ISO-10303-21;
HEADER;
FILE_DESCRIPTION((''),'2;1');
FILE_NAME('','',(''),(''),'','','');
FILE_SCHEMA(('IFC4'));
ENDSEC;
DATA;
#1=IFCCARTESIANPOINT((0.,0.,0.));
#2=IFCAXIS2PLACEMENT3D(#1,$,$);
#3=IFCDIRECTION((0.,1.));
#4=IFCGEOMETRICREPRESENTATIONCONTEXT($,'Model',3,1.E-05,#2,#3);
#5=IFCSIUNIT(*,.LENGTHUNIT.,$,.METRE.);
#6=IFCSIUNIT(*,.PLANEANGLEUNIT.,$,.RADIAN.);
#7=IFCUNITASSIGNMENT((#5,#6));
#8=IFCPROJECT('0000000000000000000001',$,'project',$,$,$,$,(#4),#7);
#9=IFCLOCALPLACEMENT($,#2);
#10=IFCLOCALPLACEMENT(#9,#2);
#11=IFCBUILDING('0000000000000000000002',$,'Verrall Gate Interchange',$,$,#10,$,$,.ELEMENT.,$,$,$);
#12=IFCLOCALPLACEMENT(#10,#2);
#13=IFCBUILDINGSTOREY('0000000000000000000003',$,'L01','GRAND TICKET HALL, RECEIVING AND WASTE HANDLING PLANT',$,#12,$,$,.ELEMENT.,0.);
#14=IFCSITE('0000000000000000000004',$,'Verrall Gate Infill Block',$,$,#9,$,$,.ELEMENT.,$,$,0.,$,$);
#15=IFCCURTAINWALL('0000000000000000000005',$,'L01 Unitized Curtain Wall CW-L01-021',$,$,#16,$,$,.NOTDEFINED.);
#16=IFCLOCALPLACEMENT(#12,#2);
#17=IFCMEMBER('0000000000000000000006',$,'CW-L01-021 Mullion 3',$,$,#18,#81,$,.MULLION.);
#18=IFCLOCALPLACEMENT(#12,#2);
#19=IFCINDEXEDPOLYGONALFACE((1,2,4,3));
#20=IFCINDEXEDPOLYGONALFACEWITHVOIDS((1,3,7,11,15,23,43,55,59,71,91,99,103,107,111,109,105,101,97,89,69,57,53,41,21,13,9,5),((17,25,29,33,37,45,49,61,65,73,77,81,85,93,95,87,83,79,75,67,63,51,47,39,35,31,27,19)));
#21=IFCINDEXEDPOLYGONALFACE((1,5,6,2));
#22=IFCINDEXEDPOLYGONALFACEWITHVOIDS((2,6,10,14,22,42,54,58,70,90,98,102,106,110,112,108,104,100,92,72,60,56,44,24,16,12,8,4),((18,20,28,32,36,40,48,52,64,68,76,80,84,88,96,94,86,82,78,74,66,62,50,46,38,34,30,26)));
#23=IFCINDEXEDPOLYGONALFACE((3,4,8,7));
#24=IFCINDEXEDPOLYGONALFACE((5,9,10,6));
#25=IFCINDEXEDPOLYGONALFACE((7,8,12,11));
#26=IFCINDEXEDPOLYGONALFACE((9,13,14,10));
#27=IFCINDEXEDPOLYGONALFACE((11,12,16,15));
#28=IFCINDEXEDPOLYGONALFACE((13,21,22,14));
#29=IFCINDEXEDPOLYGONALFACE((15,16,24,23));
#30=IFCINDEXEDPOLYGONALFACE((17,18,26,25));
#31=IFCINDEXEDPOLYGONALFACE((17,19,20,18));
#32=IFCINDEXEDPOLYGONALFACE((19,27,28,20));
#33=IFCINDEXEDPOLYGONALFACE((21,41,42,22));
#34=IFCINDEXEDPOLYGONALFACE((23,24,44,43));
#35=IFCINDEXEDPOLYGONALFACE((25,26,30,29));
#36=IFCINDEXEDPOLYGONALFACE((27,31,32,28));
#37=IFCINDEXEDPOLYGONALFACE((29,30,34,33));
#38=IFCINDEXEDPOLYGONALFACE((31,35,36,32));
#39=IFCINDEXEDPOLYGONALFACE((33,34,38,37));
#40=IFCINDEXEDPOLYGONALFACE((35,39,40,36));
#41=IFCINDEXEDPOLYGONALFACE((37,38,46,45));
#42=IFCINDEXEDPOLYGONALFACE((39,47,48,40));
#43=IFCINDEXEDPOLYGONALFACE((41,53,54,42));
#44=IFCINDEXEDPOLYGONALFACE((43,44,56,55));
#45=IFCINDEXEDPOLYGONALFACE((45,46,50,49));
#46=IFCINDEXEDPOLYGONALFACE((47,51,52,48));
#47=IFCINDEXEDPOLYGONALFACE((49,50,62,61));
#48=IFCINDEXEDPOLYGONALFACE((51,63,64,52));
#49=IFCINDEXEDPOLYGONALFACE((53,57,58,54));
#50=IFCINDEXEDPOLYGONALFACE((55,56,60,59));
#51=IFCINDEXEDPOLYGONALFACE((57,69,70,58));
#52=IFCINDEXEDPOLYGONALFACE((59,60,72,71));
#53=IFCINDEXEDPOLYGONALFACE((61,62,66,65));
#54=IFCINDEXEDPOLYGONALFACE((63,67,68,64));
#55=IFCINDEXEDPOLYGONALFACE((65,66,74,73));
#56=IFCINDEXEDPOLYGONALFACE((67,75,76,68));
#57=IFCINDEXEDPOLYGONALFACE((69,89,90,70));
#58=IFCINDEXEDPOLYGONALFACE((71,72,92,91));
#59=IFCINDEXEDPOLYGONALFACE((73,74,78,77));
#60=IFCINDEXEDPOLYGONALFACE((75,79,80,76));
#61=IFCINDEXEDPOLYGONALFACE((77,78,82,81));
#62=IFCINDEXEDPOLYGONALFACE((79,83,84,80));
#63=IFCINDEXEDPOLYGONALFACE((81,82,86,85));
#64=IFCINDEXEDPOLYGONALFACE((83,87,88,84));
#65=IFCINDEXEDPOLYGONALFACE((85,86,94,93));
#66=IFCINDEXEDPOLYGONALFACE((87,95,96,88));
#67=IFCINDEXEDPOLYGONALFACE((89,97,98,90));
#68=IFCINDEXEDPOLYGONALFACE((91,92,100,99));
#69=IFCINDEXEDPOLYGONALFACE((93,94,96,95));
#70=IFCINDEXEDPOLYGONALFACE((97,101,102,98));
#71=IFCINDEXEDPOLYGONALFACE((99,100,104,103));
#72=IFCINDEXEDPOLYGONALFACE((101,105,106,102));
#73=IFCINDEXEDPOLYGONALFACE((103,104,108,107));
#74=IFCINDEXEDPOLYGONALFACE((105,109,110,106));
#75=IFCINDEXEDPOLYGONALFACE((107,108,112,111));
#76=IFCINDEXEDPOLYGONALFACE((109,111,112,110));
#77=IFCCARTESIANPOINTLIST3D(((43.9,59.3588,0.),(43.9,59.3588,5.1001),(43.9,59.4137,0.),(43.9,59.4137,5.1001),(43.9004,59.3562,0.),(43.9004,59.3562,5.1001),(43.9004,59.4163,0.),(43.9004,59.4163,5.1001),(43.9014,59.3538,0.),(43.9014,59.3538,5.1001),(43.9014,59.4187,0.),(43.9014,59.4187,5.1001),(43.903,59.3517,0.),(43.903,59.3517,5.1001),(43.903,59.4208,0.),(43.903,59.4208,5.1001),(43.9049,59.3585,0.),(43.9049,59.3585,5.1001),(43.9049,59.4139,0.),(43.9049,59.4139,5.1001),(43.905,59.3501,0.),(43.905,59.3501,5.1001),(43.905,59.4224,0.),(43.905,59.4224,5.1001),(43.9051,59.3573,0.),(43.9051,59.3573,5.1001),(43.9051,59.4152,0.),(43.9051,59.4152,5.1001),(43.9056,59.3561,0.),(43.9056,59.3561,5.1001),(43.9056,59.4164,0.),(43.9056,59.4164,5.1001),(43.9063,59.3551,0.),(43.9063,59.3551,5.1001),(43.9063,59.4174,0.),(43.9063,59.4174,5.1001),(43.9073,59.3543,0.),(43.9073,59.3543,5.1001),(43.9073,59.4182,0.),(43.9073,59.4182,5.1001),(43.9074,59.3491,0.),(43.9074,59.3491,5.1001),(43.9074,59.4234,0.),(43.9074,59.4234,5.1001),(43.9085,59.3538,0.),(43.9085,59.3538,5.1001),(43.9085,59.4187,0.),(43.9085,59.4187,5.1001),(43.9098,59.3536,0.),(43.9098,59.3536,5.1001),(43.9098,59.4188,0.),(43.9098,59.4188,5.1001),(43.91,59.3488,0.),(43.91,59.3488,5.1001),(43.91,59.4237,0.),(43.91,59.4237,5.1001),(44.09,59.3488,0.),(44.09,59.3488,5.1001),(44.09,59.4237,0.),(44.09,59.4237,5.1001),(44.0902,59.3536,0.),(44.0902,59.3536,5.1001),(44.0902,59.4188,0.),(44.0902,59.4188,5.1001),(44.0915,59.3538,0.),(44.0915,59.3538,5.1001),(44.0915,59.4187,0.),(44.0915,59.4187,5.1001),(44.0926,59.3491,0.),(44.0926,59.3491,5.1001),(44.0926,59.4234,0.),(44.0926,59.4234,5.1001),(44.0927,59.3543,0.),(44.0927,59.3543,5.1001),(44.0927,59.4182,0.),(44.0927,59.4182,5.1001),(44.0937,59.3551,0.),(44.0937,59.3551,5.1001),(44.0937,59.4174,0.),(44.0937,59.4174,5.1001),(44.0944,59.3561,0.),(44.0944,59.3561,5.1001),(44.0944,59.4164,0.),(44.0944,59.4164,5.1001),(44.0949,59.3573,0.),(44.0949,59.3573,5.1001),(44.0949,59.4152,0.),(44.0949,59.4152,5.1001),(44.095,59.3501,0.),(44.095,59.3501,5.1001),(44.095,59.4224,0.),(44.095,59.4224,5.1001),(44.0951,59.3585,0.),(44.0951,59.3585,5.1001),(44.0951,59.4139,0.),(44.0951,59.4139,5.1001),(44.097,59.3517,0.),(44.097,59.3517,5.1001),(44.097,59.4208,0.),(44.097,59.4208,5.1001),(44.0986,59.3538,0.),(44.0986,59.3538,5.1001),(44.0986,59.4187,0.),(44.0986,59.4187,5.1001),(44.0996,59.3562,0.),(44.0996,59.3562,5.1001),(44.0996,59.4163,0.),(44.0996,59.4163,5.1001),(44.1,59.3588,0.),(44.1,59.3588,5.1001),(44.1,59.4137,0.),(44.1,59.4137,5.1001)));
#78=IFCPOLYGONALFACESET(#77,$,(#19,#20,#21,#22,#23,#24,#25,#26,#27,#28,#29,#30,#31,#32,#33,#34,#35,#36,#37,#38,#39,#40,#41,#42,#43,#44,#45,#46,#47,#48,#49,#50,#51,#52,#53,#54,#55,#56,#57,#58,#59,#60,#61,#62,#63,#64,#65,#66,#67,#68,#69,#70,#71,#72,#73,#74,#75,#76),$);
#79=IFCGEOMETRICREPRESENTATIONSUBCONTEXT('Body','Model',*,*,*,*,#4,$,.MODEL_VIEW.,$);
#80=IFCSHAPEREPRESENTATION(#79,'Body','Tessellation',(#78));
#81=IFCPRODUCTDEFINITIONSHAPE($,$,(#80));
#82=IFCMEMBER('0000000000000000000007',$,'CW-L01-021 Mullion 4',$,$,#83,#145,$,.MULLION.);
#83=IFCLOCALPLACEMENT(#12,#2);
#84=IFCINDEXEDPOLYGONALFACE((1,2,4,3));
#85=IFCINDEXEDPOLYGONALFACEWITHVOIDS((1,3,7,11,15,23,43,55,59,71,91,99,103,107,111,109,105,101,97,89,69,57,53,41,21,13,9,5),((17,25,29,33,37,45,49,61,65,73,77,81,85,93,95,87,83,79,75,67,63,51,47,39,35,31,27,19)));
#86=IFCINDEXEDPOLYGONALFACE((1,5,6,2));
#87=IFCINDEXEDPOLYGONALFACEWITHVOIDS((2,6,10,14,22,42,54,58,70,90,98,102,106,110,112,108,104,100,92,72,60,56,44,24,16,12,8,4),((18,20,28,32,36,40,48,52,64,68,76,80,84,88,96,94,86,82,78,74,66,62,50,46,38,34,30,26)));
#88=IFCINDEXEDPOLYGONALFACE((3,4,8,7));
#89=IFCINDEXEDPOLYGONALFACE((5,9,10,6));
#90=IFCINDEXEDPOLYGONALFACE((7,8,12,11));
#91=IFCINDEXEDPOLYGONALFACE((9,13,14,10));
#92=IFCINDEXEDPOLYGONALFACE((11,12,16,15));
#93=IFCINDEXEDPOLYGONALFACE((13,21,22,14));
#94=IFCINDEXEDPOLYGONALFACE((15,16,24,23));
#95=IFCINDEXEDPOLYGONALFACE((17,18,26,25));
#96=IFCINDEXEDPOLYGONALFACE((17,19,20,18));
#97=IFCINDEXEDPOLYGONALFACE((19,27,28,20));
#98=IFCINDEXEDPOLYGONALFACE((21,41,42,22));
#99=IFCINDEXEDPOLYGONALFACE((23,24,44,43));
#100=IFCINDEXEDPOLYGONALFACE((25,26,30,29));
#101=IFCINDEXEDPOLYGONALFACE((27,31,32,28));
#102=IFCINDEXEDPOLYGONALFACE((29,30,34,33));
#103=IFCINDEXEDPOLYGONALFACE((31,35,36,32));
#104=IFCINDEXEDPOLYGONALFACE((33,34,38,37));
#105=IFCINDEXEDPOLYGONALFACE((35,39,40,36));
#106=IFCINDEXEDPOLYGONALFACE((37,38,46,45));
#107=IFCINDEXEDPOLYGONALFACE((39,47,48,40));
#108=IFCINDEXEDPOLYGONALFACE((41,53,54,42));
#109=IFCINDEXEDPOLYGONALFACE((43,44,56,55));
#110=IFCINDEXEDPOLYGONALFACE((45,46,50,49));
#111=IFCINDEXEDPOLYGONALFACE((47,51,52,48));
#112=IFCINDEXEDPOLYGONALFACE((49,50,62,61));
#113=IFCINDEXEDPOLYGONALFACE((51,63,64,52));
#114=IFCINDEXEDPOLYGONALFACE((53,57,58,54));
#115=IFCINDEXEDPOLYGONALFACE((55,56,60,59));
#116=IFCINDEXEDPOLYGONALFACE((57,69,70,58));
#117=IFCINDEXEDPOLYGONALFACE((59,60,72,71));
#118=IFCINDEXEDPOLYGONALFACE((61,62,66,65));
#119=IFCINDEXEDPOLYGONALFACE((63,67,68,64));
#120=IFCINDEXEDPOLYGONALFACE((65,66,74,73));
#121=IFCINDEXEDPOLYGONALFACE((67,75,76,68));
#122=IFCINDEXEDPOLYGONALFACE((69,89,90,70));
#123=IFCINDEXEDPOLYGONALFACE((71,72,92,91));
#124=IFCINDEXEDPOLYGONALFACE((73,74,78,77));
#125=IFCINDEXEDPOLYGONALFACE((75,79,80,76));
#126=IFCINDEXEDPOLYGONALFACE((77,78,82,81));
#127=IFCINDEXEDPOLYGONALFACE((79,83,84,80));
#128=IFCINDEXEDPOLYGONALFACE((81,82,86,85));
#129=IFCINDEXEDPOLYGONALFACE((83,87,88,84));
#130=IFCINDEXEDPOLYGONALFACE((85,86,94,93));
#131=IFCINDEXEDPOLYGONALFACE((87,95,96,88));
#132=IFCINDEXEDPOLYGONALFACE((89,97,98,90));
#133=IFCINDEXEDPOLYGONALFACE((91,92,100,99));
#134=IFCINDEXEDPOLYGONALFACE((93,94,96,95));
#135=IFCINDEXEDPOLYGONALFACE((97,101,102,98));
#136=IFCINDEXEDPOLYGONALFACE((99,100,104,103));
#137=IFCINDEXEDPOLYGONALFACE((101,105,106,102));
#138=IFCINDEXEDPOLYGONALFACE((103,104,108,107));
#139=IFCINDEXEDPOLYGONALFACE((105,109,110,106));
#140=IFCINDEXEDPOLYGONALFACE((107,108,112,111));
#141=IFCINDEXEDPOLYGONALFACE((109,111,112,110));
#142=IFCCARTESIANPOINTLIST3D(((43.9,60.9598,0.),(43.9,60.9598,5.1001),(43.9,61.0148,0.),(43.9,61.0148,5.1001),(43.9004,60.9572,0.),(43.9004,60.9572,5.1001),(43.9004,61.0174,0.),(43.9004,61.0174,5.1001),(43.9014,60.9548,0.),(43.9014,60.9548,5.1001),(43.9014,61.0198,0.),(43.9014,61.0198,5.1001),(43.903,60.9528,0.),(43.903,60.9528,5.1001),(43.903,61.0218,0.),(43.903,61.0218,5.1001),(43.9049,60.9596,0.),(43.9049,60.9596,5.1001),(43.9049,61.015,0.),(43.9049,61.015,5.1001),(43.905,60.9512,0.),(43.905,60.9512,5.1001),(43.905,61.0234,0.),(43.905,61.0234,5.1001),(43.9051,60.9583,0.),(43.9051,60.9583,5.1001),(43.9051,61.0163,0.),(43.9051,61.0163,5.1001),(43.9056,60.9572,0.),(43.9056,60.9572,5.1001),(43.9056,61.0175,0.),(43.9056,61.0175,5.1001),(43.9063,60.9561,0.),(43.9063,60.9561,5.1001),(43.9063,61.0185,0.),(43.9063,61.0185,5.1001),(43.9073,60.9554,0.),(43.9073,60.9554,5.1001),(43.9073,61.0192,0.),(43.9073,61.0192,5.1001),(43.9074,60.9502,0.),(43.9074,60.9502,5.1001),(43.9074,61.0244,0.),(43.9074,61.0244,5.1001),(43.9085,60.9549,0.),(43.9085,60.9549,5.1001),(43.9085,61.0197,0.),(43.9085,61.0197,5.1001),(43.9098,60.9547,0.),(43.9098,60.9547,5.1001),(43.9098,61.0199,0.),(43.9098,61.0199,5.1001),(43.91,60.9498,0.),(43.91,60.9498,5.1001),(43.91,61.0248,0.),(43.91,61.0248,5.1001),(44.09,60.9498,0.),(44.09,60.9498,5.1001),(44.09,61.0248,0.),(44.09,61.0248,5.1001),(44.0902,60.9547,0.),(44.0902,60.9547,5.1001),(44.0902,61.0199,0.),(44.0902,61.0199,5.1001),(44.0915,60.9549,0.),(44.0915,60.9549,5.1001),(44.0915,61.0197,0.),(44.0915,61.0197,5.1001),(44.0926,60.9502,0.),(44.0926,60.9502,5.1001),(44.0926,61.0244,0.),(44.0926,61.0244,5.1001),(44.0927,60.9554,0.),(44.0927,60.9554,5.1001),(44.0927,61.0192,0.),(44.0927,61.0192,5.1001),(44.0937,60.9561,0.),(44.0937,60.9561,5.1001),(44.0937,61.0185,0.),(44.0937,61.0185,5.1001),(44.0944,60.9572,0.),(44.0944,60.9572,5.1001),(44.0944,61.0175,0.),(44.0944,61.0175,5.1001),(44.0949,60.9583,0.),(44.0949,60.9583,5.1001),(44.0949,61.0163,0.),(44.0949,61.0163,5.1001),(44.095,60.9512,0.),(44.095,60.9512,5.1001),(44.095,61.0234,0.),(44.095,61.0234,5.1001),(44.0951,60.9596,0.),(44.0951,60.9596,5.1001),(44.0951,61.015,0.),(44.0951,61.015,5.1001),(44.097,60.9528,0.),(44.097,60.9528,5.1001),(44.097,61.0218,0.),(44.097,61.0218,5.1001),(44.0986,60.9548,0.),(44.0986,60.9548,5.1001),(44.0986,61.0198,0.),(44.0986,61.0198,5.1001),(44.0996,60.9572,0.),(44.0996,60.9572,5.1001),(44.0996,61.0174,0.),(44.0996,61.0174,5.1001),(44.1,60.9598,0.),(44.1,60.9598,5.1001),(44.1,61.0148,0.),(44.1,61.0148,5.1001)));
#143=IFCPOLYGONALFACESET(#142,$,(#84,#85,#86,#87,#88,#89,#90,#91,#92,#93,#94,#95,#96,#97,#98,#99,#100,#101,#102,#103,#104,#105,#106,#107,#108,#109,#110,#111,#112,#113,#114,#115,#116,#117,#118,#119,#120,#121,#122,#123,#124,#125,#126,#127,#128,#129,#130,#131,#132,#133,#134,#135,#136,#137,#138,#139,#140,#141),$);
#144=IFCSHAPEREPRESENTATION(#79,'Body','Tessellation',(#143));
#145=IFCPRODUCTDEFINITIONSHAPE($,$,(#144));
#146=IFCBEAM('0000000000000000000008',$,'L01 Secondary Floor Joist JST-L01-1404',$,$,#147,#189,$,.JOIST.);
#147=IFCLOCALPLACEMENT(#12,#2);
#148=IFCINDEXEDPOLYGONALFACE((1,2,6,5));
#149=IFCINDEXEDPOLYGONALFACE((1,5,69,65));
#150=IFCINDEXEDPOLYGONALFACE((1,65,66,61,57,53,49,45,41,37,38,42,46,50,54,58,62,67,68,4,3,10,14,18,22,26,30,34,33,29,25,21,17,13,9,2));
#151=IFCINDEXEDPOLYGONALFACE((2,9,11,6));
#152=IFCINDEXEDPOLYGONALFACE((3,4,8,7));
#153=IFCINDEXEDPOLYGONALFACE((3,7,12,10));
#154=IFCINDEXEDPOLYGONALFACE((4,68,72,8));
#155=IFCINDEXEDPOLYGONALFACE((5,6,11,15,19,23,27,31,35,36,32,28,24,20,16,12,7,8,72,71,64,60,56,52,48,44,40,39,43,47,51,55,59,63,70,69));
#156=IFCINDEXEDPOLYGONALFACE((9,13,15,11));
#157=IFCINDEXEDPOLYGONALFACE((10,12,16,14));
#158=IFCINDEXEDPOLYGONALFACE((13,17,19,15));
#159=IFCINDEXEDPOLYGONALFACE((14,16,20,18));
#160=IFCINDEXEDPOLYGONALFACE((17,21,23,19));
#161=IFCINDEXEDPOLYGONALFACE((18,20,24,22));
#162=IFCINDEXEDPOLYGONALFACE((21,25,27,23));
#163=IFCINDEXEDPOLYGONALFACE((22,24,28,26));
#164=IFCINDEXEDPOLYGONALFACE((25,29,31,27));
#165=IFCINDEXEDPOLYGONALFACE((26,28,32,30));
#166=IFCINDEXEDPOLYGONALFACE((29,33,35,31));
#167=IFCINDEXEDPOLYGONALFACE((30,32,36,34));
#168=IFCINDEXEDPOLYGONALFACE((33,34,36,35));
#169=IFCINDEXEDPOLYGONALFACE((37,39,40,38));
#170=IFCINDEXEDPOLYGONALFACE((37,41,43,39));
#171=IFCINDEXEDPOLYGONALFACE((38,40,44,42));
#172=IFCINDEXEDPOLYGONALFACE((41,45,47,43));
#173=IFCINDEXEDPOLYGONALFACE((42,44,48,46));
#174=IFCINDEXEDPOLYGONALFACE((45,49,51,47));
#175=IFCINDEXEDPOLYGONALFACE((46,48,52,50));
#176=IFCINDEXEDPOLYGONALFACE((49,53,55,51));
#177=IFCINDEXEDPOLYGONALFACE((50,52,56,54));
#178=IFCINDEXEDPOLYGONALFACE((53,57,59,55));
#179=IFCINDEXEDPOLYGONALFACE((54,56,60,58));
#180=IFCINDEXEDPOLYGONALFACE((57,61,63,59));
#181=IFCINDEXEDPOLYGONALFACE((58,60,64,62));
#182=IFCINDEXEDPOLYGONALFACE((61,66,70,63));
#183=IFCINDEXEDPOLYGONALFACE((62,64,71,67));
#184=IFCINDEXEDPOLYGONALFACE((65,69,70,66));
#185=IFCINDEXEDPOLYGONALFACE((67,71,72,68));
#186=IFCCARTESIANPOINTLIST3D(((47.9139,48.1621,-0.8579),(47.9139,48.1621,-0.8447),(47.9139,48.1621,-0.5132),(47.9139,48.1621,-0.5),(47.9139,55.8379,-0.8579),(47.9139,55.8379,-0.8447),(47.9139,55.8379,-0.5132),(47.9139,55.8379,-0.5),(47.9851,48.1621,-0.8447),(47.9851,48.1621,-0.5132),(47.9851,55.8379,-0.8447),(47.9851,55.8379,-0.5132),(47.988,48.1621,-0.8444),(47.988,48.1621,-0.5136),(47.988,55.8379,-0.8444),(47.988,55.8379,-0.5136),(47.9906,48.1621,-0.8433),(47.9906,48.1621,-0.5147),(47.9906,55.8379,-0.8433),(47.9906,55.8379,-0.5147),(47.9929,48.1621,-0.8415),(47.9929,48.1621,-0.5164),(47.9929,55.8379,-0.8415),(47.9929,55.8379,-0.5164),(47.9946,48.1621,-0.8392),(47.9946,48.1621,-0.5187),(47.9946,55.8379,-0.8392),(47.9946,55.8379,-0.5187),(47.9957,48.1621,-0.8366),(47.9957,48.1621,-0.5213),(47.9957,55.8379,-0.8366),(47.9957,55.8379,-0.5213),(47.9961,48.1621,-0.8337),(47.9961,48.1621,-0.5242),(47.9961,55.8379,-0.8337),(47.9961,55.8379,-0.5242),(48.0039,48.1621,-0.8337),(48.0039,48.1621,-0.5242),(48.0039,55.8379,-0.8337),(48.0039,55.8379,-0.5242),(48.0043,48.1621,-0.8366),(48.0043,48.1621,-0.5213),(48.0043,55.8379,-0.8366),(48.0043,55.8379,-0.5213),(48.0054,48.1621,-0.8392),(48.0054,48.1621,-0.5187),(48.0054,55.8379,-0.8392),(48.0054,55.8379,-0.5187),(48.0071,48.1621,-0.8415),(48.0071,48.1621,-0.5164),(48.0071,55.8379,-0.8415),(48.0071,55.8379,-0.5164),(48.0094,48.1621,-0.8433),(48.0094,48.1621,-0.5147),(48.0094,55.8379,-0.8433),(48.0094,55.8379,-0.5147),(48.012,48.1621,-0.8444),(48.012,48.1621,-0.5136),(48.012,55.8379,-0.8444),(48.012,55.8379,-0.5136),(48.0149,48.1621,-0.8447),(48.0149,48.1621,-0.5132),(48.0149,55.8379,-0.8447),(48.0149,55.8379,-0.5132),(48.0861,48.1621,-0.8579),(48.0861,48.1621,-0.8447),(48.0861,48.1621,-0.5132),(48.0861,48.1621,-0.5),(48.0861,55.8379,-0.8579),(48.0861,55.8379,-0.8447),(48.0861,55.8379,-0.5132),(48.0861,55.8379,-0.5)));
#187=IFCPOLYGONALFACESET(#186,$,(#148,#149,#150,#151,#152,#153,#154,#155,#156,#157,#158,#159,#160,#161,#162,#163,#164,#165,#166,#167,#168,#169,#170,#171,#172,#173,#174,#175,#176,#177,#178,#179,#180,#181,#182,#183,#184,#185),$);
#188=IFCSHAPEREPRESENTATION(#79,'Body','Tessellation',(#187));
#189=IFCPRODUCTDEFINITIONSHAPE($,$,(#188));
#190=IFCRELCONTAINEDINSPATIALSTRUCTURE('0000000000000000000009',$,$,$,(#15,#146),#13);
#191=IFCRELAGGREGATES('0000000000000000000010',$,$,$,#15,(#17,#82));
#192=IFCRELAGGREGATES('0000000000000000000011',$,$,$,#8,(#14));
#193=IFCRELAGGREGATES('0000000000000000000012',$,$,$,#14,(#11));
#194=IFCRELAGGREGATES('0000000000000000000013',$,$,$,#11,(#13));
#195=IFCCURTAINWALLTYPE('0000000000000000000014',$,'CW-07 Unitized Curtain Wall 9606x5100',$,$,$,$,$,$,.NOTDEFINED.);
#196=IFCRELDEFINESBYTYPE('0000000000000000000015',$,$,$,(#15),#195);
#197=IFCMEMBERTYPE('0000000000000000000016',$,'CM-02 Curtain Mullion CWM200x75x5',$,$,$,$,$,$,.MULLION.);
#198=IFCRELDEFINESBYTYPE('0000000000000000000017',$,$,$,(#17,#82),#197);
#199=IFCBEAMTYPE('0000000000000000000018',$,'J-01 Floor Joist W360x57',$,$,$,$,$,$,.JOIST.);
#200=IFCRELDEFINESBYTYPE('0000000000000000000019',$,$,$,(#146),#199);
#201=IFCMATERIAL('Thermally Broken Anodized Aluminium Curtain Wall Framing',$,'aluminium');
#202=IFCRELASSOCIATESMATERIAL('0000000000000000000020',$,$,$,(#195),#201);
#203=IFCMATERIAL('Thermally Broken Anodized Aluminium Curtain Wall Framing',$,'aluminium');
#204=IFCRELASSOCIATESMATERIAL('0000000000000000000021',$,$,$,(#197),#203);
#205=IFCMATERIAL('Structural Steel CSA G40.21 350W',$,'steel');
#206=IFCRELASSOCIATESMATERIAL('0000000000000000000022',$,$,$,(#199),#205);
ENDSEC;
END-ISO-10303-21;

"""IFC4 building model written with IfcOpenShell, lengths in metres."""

from ifc_helpers import new_model, si_unit, direction, frame, origin, origin_2d, place, context, subcontext, project, spatial, hollow_rectangle, i_section, extrude, material, material_profile, profile_set, type_object, element, aggregate, save


model = new_model("IFC4")

# Units and contexts
model_context = context("Model", 3, precision=1e-05, world=origin(), true_north=direction((0.0, 1.0)))
body_context = subcontext(model_context, "Body", "Model", "MODEL_VIEW")
ifc_project = project(units=[si_unit("LENGTHUNIT", "METRE"), si_unit("PLANEANGLEUNIT", "RADIAN")], contexts=[model_context])

# Site, building, storey
site_placement = place(None, origin())
site = spatial("IfcSite", under=ifc_project, at=site_placement, Name="Verrall Gate Infill Block", CompositionType="ELEMENT", RefElevation=0.0)
building_placement = place(site_placement, origin())
building = spatial("IfcBuilding", under=site, at=building_placement, Name="Verrall Gate Interchange", CompositionType="ELEMENT")
storey_placement = place(building_placement, origin())
storey = spatial("IfcBuildingStorey", under=building, at=storey_placement, Name="L01", Description="GRAND TICKET HALL, RECEIVING AND WASTE HANDLING PLANT", CompositionType="ELEMENT", Elevation=0.0)

# Curtain wall, members
ifc_material_1 = material(Name="Thermally Broken Anodized Aluminium Curtain Wall Framing", Category="aluminium")
curtain_wall_type = type_object("IfcCurtainWallType", Name="CW-07 Unitized Curtain Wall 9606x5100", PredefinedType="NOTDEFINED", material=ifc_material_1)
curtain_wall_placement = place(storey_placement, origin())
curtain_wall = element("IfcCurtainWall", 1, at=curtain_wall_placement, inside=storey, type_object=curtain_wall_type, Name="L01 Unitized Curtain Wall CW-L01-021", PredefinedType="NOTDEFINED")
ifc_material_2 = material(Name="Thermally Broken Anodized Aluminium Curtain Wall Framing", Category="aluminium")
ifc_material_profile_1 = material_profile(ifc_material_2, hollow_rectangle(XDim=0.075, YDim=0.2, WallThickness=0.0049, InnerFilletRadius=0.0049, OuterFilletRadius=0.01, at=origin_2d()), Name="CWM200x75x5")
ifc_profile_set_1 = profile_set([ifc_material_profile_1], Name="Thermally Broken Anodized Aluminium Curtain Wall Framing")
member_type = type_object("IfcMemberType", Name="CM-02 Curtain Mullion CWM200x75x5", PredefinedType="MULLION", material=ifc_profile_set_1)
member_1_placement = place(storey_placement, frame((44.0, 59.3862, 0.0), z_axis=(0.0, 0.0, 1.0), x_axis=(0.0, 1.0, 0.0)))
member_1 = element("IfcMember", 2, at=member_1_placement, type_object=member_type, Name="CW-L01-021 Mullion 3", PredefinedType="MULLION", context=body_context, shape_type="SweptSolid", body=[
    extrude(hollow_rectangle(XDim=0.075, YDim=0.2, WallThickness=0.0049, InnerFilletRadius=0.0049, OuterFilletRadius=0.01, at=origin_2d()), origin(), (0.0, 0.0, 1.0), 5.1001),
])
member_2_placement = place(storey_placement, frame((44.0, 60.9873, 0.0), z_axis=(0.0, 0.0, 1.0), x_axis=(0.0, 1.0, 0.0)))
member_2 = element("IfcMember", 3, at=member_2_placement, type_object=member_type, Name="CW-L01-021 Mullion 4", PredefinedType="MULLION", context=body_context, shape_type="SweptSolid", body=[
    extrude(hollow_rectangle(XDim=0.075, YDim=0.2, WallThickness=0.0049, InnerFilletRadius=0.0049, OuterFilletRadius=0.01, at=origin_2d()), origin(), (0.0, 0.0, 1.0), 5.1001),
])

# Beam
ifc_material_3 = material(Name="Structural Steel CSA G40.21 350W", Category="steel")
ifc_material_profile_2 = material_profile(ifc_material_3, i_section(OverallWidth=0.1721, OverallDepth=0.3579, WebThickness=0.0078, FlangeThickness=0.0132, FilletRadius=0.011, at=origin_2d()), Name="W360x57")
ifc_profile_set_2 = profile_set([ifc_material_profile_2], Name="Structural Steel CSA G40.21 350W")
beam_type_1 = type_object("IfcBeamType", Name="J-01 Floor Joist W360x57", PredefinedType="JOIST", material=ifc_profile_set_2)
beam_1_placement = place(storey_placement, frame((48.0, 48.1621, -0.679), z_axis=(0.0, 1.0, 0.0), x_axis=(-1.0, 0.0, 0.0)))
element("IfcBeam", 4, at=beam_1_placement, inside=storey, type_object=beam_type_1, Name="L01 Secondary Floor Joist JST-L01-1404", PredefinedType="JOIST", context=body_context, shape_type="SweptSolid", body=[
    extrude(i_section(OverallWidth=0.1721, OverallDepth=0.3579, WebThickness=0.0078, FlangeThickness=0.0132, FilletRadius=0.011, at=origin_2d()), origin(), (0.0, 0.0, 1.0), 7.6758),
])

aggregate(curtain_wall, [member_1, member_2])

save(model, "model.ifc")
